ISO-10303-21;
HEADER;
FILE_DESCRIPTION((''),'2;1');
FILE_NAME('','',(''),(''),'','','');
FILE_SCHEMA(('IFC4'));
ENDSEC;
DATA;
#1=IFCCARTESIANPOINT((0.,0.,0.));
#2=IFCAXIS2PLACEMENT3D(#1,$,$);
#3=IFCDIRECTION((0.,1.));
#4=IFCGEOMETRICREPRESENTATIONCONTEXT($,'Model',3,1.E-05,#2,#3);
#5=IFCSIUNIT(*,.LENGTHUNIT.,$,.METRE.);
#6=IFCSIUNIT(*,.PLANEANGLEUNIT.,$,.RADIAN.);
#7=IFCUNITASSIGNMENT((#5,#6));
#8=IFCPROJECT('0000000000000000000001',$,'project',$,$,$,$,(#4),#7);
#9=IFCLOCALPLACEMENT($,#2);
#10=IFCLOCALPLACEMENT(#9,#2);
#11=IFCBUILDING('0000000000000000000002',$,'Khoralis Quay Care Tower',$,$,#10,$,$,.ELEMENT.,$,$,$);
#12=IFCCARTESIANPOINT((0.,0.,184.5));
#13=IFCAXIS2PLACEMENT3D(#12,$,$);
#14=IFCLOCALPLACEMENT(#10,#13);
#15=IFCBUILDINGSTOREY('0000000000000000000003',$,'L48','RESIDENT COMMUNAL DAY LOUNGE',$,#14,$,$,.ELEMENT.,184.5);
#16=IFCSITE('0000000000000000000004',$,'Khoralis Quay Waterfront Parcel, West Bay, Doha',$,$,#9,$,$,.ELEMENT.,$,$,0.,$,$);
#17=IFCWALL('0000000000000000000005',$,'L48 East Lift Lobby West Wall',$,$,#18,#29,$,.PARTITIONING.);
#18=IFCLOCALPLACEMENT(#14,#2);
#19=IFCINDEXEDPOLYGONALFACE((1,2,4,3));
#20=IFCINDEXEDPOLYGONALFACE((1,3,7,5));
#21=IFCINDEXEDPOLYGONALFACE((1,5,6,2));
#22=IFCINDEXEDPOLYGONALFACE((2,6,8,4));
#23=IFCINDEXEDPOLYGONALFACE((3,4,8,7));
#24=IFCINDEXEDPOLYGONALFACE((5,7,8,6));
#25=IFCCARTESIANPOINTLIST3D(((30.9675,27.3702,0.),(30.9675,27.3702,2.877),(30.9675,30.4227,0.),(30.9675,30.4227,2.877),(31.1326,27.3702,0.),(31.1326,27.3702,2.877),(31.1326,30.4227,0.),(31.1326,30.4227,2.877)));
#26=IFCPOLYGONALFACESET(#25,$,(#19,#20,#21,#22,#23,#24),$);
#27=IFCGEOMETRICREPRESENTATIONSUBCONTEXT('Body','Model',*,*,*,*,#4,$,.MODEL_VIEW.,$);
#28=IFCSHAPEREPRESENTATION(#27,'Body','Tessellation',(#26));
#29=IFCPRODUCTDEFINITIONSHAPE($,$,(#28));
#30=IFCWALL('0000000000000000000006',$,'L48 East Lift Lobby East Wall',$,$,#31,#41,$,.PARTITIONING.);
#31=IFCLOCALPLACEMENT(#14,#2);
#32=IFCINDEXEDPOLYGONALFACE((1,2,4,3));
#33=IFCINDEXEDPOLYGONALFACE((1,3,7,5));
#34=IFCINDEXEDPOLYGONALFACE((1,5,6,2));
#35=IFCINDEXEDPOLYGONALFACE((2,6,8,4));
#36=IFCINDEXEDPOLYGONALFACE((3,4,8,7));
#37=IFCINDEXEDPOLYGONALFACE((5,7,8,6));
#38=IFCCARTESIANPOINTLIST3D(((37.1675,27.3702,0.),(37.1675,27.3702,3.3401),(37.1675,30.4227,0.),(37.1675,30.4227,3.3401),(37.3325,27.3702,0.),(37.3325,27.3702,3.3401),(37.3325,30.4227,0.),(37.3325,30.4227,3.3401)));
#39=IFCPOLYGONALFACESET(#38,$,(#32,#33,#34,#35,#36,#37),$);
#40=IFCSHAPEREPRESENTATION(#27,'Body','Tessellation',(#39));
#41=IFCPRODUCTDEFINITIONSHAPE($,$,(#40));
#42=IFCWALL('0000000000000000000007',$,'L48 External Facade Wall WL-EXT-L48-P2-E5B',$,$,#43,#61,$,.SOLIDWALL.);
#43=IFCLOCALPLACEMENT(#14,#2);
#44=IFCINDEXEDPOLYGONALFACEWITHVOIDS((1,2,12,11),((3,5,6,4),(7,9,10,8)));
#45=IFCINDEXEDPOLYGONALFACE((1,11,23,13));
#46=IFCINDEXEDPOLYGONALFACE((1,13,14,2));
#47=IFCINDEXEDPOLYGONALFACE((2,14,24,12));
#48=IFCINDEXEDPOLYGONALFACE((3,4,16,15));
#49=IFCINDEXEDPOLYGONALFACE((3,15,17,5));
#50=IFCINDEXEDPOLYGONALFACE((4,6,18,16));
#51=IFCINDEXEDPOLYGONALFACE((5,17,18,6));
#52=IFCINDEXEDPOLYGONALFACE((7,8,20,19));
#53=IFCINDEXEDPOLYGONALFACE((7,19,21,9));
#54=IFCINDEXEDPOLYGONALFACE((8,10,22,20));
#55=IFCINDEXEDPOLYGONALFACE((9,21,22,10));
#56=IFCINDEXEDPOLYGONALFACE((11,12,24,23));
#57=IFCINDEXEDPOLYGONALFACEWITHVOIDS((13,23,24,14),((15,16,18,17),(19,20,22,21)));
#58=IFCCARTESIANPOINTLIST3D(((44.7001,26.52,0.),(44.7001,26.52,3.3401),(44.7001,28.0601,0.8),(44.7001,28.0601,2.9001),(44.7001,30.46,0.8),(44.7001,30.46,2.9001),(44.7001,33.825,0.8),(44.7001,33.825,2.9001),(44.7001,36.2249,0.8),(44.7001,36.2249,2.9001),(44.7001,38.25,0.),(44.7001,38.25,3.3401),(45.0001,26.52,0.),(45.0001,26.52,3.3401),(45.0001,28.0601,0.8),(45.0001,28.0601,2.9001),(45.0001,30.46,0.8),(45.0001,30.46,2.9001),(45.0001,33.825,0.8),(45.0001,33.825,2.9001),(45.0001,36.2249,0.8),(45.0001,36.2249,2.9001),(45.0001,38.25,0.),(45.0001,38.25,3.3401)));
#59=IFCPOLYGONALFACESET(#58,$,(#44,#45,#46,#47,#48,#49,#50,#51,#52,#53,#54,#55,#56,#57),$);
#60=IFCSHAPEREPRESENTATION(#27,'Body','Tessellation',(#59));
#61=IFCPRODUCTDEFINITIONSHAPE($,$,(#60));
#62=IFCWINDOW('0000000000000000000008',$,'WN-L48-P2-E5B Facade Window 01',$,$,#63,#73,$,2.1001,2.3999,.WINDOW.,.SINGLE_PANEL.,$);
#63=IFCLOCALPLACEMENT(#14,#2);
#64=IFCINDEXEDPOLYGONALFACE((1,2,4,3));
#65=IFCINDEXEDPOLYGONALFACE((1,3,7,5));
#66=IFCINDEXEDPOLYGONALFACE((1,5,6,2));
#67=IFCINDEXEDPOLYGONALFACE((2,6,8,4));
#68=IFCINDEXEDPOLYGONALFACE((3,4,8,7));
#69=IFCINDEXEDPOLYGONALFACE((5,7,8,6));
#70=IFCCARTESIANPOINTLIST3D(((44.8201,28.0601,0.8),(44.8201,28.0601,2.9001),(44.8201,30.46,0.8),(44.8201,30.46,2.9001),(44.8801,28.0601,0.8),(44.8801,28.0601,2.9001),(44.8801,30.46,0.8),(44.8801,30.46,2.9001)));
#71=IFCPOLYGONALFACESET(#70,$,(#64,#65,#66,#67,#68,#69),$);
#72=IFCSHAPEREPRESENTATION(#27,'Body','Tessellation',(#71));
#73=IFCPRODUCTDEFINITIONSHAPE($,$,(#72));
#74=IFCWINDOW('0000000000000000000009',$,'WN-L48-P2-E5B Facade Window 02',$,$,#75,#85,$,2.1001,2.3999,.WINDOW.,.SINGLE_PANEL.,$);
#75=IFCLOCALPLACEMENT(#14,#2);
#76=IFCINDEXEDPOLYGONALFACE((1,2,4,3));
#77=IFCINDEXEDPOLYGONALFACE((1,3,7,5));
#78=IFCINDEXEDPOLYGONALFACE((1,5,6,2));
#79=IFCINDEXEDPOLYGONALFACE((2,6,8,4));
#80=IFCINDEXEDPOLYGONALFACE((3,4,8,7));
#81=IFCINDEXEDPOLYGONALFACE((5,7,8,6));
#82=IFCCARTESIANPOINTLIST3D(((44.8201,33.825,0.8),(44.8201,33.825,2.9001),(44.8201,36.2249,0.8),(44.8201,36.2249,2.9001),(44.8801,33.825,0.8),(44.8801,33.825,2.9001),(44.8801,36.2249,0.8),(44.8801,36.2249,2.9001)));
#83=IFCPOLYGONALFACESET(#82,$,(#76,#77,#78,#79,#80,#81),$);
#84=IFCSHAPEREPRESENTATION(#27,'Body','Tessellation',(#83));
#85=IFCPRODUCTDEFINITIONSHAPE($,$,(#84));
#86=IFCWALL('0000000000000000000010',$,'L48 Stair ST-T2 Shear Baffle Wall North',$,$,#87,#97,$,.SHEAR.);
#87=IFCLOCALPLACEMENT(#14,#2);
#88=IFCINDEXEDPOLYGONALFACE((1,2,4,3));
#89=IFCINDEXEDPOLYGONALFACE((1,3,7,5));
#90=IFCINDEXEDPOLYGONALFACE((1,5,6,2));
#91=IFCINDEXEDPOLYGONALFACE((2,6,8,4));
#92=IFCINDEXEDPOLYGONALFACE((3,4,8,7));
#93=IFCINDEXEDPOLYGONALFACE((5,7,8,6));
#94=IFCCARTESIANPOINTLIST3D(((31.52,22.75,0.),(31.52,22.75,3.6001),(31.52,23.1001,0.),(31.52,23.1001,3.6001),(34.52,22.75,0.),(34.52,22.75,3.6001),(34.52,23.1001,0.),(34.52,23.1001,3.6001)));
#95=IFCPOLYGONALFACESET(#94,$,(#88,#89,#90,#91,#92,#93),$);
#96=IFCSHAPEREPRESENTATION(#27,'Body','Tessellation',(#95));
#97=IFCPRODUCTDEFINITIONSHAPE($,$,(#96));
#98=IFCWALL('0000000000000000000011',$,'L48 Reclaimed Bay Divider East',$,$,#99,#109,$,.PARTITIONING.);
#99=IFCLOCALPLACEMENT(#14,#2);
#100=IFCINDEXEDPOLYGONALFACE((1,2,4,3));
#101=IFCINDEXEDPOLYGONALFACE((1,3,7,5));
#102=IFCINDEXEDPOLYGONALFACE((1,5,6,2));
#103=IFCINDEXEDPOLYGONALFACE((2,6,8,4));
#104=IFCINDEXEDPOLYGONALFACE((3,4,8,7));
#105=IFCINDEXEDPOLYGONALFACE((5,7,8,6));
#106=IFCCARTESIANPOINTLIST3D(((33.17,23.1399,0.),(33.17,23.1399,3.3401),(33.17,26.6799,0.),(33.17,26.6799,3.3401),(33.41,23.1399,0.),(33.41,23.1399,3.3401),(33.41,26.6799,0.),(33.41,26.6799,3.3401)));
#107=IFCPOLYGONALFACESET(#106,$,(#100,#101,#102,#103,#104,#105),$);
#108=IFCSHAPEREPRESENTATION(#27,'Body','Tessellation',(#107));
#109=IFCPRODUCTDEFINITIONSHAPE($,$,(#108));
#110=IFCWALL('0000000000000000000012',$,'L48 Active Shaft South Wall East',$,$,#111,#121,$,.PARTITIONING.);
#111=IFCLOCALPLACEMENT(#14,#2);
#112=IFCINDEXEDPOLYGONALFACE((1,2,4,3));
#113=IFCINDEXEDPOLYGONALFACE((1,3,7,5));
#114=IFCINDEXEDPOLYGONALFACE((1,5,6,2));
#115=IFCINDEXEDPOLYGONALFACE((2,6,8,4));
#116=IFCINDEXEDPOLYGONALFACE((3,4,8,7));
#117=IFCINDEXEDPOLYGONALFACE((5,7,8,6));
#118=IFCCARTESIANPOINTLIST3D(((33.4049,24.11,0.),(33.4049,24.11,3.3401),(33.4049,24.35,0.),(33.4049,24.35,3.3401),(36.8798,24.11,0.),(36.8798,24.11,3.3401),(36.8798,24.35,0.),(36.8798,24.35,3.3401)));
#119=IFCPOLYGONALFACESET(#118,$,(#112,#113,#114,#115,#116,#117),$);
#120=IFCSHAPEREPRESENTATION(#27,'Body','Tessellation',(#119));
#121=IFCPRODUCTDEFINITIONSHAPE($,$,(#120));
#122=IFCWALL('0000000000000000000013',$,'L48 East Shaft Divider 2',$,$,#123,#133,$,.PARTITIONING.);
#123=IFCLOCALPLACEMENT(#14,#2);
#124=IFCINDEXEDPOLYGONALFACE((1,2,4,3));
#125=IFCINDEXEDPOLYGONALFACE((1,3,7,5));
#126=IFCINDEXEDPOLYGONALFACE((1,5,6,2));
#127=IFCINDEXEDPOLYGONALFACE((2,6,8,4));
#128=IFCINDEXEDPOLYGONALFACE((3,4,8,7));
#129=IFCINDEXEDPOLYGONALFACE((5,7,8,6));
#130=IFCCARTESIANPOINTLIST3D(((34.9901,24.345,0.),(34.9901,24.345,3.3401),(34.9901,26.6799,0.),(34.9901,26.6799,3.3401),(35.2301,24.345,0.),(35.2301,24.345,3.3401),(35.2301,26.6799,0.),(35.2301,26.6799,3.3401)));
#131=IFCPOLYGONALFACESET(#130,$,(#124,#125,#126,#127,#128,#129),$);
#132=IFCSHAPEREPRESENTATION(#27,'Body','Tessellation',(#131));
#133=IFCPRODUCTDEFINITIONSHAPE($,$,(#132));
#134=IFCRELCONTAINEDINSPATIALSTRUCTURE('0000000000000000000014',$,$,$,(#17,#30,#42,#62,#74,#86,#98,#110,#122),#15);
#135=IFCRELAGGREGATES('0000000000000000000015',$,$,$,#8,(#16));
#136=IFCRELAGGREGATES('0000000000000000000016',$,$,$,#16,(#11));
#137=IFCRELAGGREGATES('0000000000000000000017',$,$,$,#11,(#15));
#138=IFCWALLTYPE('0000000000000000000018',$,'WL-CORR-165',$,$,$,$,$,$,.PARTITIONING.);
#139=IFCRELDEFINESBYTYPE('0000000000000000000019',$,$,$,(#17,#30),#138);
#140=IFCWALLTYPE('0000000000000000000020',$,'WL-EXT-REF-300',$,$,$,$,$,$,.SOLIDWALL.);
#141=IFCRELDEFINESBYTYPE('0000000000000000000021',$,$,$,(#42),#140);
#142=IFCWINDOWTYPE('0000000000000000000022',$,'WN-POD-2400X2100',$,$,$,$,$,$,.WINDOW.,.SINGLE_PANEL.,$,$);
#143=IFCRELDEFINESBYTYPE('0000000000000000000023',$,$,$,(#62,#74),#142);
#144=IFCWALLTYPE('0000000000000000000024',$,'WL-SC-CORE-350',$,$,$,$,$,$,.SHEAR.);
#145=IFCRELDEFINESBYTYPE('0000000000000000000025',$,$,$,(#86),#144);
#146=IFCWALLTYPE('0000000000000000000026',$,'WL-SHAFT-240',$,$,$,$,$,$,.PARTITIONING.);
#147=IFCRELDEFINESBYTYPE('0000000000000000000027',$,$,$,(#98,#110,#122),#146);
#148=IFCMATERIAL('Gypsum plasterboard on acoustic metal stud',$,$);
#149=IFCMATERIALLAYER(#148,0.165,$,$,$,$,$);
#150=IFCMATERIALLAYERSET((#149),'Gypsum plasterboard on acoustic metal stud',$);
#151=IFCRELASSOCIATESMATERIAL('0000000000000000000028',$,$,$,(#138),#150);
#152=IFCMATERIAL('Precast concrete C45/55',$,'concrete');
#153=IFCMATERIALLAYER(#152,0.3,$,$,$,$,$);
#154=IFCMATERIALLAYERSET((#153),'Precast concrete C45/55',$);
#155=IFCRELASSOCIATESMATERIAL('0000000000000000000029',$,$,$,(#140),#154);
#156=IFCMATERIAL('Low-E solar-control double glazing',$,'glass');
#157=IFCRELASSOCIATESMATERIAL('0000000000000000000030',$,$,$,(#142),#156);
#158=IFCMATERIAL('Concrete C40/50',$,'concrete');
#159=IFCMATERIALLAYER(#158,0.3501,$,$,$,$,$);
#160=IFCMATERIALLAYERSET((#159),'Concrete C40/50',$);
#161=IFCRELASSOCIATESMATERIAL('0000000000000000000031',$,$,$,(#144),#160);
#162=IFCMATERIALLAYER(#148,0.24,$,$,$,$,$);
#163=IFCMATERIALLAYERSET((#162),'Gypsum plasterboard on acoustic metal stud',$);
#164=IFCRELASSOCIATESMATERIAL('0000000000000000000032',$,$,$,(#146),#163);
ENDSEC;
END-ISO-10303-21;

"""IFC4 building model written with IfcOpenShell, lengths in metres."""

from ifc_helpers import new_model, si_unit, direction, frame, frame_2d, origin, place, context, subcontext, project, spatial, rectangle, extrude, source, transform, mapped, material, layer, layer_set, type_object, element, fill, save


model = new_model("IFC4")

# Units and contexts
model_context = context("Model", 3, precision=1e-05, world=origin(), true_north=direction((0.0, 1.0)))
body_context = subcontext(model_context, "Body", "Model", "MODEL_VIEW")
ifc_project = project(units=[si_unit("LENGTHUNIT", "METRE"), si_unit("PLANEANGLEUNIT", "RADIAN")], contexts=[model_context])

# Site, building, storey
site_placement = place(None, origin())
site = spatial("IfcSite", under=ifc_project, at=site_placement, Name="Khoralis Quay Waterfront Parcel, West Bay, Doha", CompositionType="ELEMENT", RefElevation=0.0)
building_placement = place(site_placement, origin())
building = spatial("IfcBuilding", under=site, at=building_placement, Name="Khoralis Quay Care Tower", CompositionType="ELEMENT")
storey_placement = place(building_placement, frame((0.0, 0.0, 184.5)))
storey = spatial("IfcBuildingStorey", under=building, at=storey_placement, Name="L48", Description="RESIDENT COMMUNAL DAY LOUNGE", CompositionType="ELEMENT", Elevation=184.5)

# Shared definitions
ifc_material_1 = material(Name="Low-E solar-control double glazing", Category="glass")

# Walls
ifc_material_2 = material(Name="Gypsum plasterboard on acoustic metal stud")
ifc_layer_1 = layer(ifc_material_2, 0.165)
ifc_layer_set_1 = layer_set([ifc_layer_1], Name="Gypsum plasterboard on acoustic metal stud")
wall_type_1 = type_object("IfcWallType", Name="WL-CORR-165", PredefinedType="PARTITIONING", material=ifc_layer_set_1)
wall_1_placement = place(storey_placement, frame((31.05, 27.3701, 0.0), z_axis=(0.0, 0.0, 1.0), x_axis=(0.0, 1.0, 0.0)))
element("IfcWall", 1, at=wall_1_placement, inside=storey, type_object=wall_type_1, Name="L48 East Lift Lobby West Wall", PredefinedType="PARTITIONING", context=body_context, shape_type="SweptSolid", body=[
    extrude(rectangle(XDim=3.0525, YDim=0.165, at=frame_2d((1.5264, 0.0))), origin(), (0.0, 0.0, 1.0), 2.877),
])
wall_2_placement = place(storey_placement, frame((37.25, 27.3701, 0.0), z_axis=(0.0, 0.0, 1.0), x_axis=(0.0, 1.0, 0.0)))
element("IfcWall", 2, at=wall_2_placement, inside=storey, type_object=wall_type_1, Name="L48 East Lift Lobby East Wall", PredefinedType="PARTITIONING", context=body_context, shape_type="SweptSolid", body=[
    extrude(rectangle(XDim=3.0525, YDim=0.165, at=frame_2d((1.5264, 0.0))), origin(), (0.0, 0.0, 1.0), 3.3401),
])

# Wall, openings, windows
ifc_material_3 = material(Name="Precast concrete C45/55", Category="concrete")
ifc_layer_2 = layer(ifc_material_3, 0.3)
ifc_layer_set_2 = layer_set([ifc_layer_2], Name="Precast concrete C45/55")
wall_type_2 = type_object("IfcWallType", Name="WL-EXT-REF-300", PredefinedType="SOLIDWALL", material=ifc_layer_set_2)
wall_3_placement = place(storey_placement, frame((44.8501, 26.52, 0.0), z_axis=(0.0, 0.0, 1.0), x_axis=(0.0, 1.0, 0.0)))
wall_3 = element("IfcWall", 3, at=wall_3_placement, inside=storey, type_object=wall_type_2, Name="L48 External Facade Wall WL-EXT-L48-P2-E5B", PredefinedType="SOLIDWALL", context=body_context, shape_type="SweptSolid", body=[
    extrude(rectangle(XDim=11.73, YDim=0.3, at=frame_2d((5.865, 0.0))), origin(), (0.0, 0.0, 1.0), 3.3401),
])
opening_1_placement = place(wall_3_placement, frame((1.54, 0.0, 0.8)))
opening_1 = element("IfcOpeningElement", 4, at=opening_1_placement, cuts=wall_3, PredefinedType="OPENING", context=body_context, shape_type="SweptSolid", body=[
    extrude(rectangle(XDim=2.3999, YDim=2.1001, at=frame_2d((1.2, 1.05))), frame((0.0, 0.1602, 0.0), z_axis=(0.0, -1.0, 0.0), x_axis=(1.0, 0.0, 0.0)), (0.0, 0.0, 1.0), 0.3201),
])
opening_2_placement = place(wall_3_placement, frame((7.3049, 0.0, 0.8)))
opening_2 = element("IfcOpeningElement", 5, at=opening_2_placement, cuts=wall_3, PredefinedType="OPENING", context=body_context, shape_type="SweptSolid", body=[
    extrude(rectangle(XDim=2.3999, YDim=2.1001, at=frame_2d((1.2, 1.05))), frame((0.0, 0.1602, 0.0), z_axis=(0.0, -1.0, 0.0), x_axis=(1.0, 0.0, 0.0)), (0.0, 0.0, 1.0), 0.3201),
])
window_type = type_object("IfcWindowType", Name="WN-POD-2400X2100", PartitioningType="SINGLE_PANEL", PredefinedType="WINDOW", material=ifc_material_1)
shared_shape_1 = source(origin(), body_context, "Body", "SweptSolid", [
    extrude(rectangle(XDim=2.3999, YDim=2.1001, at=frame_2d((1.2, 1.05))), frame((0.0, 0.03, 0.0), z_axis=(0.0, -1.0, 0.0), x_axis=(1.0, 0.0, 0.0)), (0.0, 0.0, 1.0), 0.0601),
])
window_1_placement = place(opening_1_placement, origin())
window_1 = element("IfcWindow", 6, at=window_1_placement, inside=storey, type_object=window_type, Name="WN-L48-P2-E5B Facade Window 01", OverallHeight=2.1001, OverallWidth=2.3999, PartitioningType="SINGLE_PANEL", PredefinedType="WINDOW", context=body_context, shape_type="MappedRepresentation", body=[
    mapped(shared_shape_1, transform((0.0, 0.0, 0.0), scale=1.0)),
])
fill(opening_1, window_1)
window_2_placement = place(opening_2_placement, origin())
window_2 = element("IfcWindow", 7, at=window_2_placement, inside=storey, type_object=window_type, Name="WN-L48-P2-E5B Facade Window 02", OverallHeight=2.1001, OverallWidth=2.3999, PartitioningType="SINGLE_PANEL", PredefinedType="WINDOW", context=body_context, shape_type="MappedRepresentation", body=[
    mapped(shared_shape_1, transform((0.0, 0.0, 0.0), scale=1.0)),
])
fill(opening_2, window_2)

# Walls
ifc_material_4 = material(Name="Concrete C40/50", Category="concrete")
ifc_layer_3 = layer(ifc_material_4, 0.3501)
ifc_layer_set_3 = layer_set([ifc_layer_3], Name="Concrete C40/50")
wall_type_3 = type_object("IfcWallType", Name="WL-SC-CORE-350", PredefinedType="SHEAR", material=ifc_layer_set_3)
wall_4_placement = place(storey_placement, frame((31.52, 22.925, 0.0), z_axis=(0.0, 0.0, 1.0), x_axis=(1.0, 0.0, 0.0)))
element("IfcWall", 8, at=wall_4_placement, inside=storey, type_object=wall_type_3, Name="L48 Stair ST-T2 Shear Baffle Wall North", PredefinedType="SHEAR", context=body_context, shape_type="SweptSolid", body=[
    extrude(rectangle(XDim=3.0, YDim=0.3501, at=frame_2d((1.5, 0.0))), origin(), (0.0, 0.0, 1.0), 3.6001),
])
ifc_layer_4 = layer(ifc_material_2, 0.24)
ifc_layer_set_4 = layer_set([ifc_layer_4], Name="Gypsum plasterboard on acoustic metal stud")
wall_type_4 = type_object("IfcWallType", Name="WL-SHAFT-240", PredefinedType="PARTITIONING", material=ifc_layer_set_4)
wall_5_placement = place(storey_placement, frame((33.29, 23.1399, 0.0), z_axis=(0.0, 0.0, 1.0), x_axis=(0.0, 1.0, 0.0)))
element("IfcWall", 9, at=wall_5_placement, inside=storey, type_object=wall_type_4, Name="L48 Reclaimed Bay Divider East", PredefinedType="PARTITIONING", context=body_context, shape_type="SweptSolid", body=[
    extrude(rectangle(XDim=3.54, YDim=0.24, at=frame_2d((1.77, 0.0))), origin(), (0.0, 0.0, 1.0), 3.3401),
])
wall_6_placement = place(storey_placement, frame((33.405, 24.23, 0.0), z_axis=(0.0, 0.0, 1.0), x_axis=(1.0, 0.0, 0.0)))
element("IfcWall", 10, at=wall_6_placement, inside=storey, type_object=wall_type_4, Name="L48 Active Shaft South Wall East", PredefinedType="PARTITIONING", context=body_context, shape_type="SweptSolid", body=[
    extrude(rectangle(XDim=3.4749, YDim=0.24, at=frame_2d((1.7373, 0.0))), origin(), (0.0, 0.0, 1.0), 3.3401),
])
wall_7_placement = place(storey_placement, frame((35.1101, 24.345, 0.0), z_axis=(0.0, 0.0, 1.0), x_axis=(0.0, 1.0, 0.0)))
element("IfcWall", 11, at=wall_7_placement, inside=storey, type_object=wall_type_4, Name="L48 East Shaft Divider 2", PredefinedType="PARTITIONING", context=body_context, shape_type="SweptSolid", body=[
    extrude(rectangle(XDim=2.335, YDim=0.24, at=frame_2d((1.1675, 0.0))), origin(), (0.0, 0.0, 1.0), 3.3401),
])

save(model, "model.ifc")
